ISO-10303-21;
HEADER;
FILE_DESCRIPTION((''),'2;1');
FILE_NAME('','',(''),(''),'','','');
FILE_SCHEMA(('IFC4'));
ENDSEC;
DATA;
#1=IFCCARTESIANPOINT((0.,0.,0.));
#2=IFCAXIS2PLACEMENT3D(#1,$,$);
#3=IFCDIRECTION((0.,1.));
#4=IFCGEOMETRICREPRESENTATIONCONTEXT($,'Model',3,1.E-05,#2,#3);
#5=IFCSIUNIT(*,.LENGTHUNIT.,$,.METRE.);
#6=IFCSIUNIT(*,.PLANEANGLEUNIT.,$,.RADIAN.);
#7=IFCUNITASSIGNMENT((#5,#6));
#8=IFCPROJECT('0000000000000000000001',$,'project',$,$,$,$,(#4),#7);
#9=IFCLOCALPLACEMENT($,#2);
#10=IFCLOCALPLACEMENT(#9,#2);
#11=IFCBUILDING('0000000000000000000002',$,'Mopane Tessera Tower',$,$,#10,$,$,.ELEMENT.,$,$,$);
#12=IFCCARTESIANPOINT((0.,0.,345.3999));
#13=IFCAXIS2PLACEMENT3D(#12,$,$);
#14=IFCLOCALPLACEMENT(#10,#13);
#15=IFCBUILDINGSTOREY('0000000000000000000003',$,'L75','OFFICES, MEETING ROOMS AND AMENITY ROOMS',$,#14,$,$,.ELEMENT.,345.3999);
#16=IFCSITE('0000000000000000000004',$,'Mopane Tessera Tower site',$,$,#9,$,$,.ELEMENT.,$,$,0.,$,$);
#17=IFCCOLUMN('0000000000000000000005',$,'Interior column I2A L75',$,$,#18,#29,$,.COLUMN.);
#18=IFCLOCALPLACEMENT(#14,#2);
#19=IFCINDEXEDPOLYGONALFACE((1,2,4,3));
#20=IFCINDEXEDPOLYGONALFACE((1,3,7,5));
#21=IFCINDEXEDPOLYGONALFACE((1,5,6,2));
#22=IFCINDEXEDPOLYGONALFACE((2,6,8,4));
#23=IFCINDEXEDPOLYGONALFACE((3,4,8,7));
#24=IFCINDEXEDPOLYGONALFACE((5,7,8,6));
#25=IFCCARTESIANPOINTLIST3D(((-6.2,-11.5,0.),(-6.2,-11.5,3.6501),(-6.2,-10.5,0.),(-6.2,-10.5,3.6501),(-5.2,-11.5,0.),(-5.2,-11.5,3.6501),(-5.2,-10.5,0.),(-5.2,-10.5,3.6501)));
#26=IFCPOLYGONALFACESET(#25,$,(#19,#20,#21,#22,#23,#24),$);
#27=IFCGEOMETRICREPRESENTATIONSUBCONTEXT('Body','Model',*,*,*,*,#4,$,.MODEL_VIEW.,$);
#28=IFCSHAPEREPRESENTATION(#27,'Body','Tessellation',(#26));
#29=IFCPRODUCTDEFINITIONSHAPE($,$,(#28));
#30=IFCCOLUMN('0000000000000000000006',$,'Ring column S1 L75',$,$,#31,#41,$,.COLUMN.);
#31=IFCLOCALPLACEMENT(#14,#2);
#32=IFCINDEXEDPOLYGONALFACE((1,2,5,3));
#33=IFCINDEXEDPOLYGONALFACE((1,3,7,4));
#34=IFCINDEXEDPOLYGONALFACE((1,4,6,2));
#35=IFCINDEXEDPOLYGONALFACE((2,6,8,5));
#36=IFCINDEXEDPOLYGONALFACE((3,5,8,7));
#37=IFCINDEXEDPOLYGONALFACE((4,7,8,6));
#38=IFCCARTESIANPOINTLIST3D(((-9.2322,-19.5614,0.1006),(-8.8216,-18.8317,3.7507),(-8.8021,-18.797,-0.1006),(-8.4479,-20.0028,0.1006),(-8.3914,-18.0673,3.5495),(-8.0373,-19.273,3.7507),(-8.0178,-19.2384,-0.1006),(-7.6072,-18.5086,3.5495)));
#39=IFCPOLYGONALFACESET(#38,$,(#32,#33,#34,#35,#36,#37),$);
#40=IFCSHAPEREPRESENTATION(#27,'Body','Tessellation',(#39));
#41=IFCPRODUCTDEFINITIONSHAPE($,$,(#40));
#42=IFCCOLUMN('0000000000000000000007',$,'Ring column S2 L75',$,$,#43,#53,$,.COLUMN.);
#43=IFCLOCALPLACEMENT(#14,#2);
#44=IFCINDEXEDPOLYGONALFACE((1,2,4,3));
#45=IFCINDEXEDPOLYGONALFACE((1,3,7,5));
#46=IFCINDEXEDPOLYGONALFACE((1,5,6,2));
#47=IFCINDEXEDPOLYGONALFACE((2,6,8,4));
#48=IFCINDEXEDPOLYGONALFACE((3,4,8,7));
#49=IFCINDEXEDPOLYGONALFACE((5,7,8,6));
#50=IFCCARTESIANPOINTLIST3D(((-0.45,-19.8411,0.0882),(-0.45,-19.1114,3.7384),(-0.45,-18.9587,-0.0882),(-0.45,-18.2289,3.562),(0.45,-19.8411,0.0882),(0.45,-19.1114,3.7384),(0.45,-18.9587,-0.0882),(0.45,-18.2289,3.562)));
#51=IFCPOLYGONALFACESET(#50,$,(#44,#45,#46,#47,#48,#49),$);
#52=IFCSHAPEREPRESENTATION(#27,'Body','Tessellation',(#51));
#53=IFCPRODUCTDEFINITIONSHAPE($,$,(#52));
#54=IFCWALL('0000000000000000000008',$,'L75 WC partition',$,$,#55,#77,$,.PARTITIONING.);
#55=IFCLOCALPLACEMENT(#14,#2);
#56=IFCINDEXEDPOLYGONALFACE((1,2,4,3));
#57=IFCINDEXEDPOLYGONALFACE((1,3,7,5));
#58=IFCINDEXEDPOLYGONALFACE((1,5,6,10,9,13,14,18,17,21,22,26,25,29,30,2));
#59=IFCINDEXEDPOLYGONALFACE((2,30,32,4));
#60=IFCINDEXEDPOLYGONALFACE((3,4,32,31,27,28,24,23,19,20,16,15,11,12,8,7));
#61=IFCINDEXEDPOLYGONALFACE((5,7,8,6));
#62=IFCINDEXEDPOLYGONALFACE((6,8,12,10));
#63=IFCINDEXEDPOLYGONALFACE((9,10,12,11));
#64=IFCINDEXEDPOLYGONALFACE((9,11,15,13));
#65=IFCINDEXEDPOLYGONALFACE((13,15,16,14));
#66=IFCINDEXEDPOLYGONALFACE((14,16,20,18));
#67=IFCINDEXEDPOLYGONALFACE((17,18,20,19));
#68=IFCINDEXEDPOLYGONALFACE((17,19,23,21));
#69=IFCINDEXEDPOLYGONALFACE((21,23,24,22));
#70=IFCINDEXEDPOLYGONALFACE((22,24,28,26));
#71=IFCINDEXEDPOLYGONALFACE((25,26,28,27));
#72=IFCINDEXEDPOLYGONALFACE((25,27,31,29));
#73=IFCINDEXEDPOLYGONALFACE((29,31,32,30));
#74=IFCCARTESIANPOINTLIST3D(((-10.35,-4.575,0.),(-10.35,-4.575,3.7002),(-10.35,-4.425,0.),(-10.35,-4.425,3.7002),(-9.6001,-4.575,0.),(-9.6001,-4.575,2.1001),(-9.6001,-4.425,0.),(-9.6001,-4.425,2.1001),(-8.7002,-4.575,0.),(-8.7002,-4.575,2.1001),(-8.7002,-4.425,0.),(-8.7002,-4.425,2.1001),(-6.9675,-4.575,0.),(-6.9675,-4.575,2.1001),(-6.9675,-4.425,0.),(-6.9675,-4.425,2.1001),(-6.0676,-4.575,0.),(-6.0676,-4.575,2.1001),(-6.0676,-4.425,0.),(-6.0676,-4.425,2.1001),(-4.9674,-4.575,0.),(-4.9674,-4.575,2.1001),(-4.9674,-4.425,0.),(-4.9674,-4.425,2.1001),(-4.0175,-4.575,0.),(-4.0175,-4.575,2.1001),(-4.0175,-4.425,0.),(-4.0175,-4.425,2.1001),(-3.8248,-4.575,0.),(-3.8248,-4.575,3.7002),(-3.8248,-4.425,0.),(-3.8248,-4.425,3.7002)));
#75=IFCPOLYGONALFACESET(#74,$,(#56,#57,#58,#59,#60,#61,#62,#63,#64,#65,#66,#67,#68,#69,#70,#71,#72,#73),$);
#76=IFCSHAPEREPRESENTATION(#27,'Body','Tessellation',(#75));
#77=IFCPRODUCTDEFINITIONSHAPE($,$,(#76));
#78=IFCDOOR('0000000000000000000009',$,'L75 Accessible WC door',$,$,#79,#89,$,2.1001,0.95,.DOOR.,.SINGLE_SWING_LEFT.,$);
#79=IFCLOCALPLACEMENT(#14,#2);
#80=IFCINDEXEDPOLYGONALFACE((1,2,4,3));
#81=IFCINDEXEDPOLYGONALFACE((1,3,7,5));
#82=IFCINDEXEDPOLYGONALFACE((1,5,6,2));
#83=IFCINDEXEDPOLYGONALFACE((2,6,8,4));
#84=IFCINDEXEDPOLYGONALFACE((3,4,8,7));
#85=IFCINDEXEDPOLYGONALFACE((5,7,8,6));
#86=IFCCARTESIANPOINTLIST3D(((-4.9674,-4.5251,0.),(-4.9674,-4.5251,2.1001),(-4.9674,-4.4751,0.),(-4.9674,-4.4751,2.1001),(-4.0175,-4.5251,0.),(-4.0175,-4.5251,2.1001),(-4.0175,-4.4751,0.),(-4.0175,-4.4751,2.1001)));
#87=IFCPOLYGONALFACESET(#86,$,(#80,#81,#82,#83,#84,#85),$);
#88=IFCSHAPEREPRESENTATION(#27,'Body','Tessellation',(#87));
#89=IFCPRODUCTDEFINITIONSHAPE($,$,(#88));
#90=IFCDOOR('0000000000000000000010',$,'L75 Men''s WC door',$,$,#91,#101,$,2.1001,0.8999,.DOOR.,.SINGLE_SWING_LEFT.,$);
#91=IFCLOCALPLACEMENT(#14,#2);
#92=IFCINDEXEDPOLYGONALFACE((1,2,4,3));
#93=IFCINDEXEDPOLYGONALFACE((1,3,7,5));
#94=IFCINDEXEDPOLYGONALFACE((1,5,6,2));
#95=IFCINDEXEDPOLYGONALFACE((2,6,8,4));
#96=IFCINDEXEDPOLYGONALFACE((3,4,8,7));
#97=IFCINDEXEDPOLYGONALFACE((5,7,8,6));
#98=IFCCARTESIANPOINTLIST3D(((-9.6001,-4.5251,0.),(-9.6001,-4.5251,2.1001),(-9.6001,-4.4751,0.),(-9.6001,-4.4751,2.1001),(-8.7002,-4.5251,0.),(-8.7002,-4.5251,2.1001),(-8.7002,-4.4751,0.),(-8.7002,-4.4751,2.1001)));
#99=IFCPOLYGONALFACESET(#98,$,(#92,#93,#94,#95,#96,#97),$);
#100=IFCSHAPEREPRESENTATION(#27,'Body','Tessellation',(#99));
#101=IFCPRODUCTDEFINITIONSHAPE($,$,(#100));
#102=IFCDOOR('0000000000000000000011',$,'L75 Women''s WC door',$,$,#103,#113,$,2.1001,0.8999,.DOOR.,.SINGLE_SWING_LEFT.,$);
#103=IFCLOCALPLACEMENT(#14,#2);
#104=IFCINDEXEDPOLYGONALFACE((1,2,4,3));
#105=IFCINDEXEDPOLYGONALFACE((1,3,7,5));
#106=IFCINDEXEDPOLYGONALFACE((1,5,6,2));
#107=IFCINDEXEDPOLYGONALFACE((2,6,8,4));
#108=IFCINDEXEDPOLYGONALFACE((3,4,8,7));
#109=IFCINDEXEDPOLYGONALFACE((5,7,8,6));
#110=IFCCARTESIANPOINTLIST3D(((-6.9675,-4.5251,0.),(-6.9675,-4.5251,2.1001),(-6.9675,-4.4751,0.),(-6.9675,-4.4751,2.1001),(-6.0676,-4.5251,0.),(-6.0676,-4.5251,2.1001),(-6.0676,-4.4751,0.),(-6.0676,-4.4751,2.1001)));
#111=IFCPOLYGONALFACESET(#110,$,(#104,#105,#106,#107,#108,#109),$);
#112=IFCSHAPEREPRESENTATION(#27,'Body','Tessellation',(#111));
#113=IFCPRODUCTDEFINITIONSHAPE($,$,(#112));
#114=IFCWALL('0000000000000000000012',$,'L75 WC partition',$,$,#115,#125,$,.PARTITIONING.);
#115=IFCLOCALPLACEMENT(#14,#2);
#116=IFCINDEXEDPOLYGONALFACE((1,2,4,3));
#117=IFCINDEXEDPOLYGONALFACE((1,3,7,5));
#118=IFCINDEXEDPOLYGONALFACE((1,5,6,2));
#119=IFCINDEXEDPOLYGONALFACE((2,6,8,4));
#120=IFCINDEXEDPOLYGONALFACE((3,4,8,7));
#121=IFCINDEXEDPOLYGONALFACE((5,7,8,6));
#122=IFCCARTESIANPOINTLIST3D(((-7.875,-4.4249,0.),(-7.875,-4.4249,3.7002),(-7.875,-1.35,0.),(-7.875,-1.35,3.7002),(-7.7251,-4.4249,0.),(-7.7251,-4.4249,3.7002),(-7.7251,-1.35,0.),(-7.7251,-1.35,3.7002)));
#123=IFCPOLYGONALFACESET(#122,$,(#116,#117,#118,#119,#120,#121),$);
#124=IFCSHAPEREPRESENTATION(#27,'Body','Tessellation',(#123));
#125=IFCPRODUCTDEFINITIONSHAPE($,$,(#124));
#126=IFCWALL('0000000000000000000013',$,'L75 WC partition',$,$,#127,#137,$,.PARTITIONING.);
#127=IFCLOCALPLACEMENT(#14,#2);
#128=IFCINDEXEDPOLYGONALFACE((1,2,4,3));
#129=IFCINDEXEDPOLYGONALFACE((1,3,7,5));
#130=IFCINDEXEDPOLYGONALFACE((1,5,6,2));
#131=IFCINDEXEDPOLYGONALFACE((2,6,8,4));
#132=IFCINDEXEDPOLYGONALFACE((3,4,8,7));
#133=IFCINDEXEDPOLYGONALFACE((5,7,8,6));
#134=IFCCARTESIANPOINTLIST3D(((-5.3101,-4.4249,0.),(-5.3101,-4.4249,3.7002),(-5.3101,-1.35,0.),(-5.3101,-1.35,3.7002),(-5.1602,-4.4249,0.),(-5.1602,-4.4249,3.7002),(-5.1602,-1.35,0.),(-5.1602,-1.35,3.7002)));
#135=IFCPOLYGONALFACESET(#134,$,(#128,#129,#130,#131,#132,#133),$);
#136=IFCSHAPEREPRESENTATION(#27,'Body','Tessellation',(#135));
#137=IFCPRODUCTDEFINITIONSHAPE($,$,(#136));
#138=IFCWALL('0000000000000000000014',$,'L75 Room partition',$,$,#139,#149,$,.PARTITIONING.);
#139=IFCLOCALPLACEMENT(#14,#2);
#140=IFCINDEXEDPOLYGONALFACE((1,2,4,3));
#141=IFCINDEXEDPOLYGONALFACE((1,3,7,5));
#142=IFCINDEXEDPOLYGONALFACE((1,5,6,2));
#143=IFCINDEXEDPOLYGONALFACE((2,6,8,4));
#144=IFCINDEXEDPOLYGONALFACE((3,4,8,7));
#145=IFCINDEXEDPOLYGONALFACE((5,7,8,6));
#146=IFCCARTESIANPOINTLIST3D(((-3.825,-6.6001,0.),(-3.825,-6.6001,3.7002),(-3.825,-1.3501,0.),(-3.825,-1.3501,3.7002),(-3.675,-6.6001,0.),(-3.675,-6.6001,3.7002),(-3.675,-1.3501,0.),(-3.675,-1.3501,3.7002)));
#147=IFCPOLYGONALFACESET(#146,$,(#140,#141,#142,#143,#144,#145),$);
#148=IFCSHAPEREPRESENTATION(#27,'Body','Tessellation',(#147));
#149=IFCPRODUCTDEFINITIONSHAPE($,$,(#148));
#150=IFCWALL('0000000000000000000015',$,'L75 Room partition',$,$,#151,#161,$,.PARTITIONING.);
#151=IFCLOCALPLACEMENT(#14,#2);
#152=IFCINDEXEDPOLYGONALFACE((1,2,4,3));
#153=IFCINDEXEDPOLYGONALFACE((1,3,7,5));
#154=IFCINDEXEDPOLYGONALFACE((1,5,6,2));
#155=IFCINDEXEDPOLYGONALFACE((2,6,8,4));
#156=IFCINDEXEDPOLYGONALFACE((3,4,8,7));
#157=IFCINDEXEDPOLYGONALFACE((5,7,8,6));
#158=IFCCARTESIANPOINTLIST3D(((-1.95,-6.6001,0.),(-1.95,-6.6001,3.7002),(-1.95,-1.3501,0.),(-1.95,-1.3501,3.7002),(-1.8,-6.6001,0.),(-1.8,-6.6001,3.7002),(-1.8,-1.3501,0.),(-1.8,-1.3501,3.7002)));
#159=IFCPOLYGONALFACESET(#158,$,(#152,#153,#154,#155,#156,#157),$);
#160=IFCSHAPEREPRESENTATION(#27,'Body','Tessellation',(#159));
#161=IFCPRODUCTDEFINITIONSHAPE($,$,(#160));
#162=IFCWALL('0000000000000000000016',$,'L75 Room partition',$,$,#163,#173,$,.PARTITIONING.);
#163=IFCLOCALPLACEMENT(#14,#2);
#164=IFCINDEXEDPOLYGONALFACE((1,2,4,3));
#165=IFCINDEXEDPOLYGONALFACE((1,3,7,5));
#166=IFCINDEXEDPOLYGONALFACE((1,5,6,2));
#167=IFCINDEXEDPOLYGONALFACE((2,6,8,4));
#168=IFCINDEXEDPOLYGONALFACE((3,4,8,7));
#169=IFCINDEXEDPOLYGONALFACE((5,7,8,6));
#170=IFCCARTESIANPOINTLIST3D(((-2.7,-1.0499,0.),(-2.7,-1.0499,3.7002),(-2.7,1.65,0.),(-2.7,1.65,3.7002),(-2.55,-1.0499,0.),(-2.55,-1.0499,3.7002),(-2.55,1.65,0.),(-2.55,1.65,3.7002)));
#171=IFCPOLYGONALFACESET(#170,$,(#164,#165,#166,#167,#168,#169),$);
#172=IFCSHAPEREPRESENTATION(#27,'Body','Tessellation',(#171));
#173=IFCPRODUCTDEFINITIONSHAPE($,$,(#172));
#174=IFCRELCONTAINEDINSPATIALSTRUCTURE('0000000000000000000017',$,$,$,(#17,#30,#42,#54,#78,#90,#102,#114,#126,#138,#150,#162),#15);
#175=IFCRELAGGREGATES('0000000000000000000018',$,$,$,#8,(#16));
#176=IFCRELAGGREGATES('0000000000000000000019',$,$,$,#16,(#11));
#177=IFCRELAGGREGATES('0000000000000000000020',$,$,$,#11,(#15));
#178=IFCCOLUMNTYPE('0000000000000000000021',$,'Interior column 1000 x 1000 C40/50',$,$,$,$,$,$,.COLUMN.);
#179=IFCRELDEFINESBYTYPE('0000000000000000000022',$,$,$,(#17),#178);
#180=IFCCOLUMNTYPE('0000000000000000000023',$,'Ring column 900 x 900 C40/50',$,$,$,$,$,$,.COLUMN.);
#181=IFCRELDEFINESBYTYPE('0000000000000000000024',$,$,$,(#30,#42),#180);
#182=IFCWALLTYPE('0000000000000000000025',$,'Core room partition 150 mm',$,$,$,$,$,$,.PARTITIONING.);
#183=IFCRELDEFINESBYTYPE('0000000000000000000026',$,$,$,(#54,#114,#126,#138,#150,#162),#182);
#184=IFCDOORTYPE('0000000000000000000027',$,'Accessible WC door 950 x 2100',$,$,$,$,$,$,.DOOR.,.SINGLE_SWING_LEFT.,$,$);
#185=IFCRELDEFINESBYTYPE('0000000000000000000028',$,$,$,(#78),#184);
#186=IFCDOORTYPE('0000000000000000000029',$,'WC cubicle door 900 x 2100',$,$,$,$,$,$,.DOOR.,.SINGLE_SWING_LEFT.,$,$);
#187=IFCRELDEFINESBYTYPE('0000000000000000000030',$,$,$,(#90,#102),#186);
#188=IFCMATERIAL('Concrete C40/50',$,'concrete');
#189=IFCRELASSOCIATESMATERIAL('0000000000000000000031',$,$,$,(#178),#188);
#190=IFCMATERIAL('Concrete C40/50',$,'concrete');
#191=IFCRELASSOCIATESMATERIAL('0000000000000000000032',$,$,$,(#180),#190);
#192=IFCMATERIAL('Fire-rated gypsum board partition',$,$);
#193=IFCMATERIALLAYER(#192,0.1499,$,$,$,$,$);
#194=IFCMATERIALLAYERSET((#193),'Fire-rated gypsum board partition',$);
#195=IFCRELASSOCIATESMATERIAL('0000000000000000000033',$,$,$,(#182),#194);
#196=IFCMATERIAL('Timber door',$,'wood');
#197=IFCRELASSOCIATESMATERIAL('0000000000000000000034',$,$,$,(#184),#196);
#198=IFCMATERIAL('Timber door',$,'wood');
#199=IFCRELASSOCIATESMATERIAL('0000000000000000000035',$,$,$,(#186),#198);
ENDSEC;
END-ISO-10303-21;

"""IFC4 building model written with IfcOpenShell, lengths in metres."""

from ifc_helpers import new_model, si_unit, direction, frame, frame_2d, origin, origin_2d, place, context, subcontext, project, spatial, rectangle, extrude, material, layer, layer_set, material_profile, profile_set, type_object, element, fill, save


model = new_model("IFC4")

# Units and contexts
model_context = context("Model", 3, precision=1e-05, world=origin(), true_north=direction((0.0, 1.0)))
body_context = subcontext(model_context, "Body", "Model", "MODEL_VIEW")
ifc_project = project(units=[si_unit("LENGTHUNIT", "METRE"), si_unit("PLANEANGLEUNIT", "RADIAN")], contexts=[model_context])

# Site, building, storey
site_placement = place(None, origin())
site = spatial("IfcSite", under=ifc_project, at=site_placement, Name="Mopane Tessera Tower site", CompositionType="ELEMENT", RefElevation=0.0)
building_placement = place(site_placement, origin())
building = spatial("IfcBuilding", under=site, at=building_placement, Name="Mopane Tessera Tower", CompositionType="ELEMENT")
storey_placement = place(building_placement, frame((0.0, 0.0, 345.3999)))
storey = spatial("IfcBuildingStorey", under=building, at=storey_placement, Name="L75", Description="OFFICES, MEETING ROOMS AND AMENITY ROOMS", CompositionType="ELEMENT", Elevation=345.3999)

# Columns
ifc_material_1 = material(Name="Concrete C40/50", Category="concrete")
ifc_material_profile_1 = material_profile(ifc_material_1, rectangle(XDim=1.0, YDim=1.0, at=origin_2d()))
ifc_profile_set_1 = profile_set([ifc_material_profile_1], Name="Concrete C40/50")
column_type_1 = type_object("IfcColumnType", Name="Interior column 1000 x 1000 C40/50", PredefinedType="COLUMN", material=ifc_profile_set_1)
column_1_placement = place(storey_placement, frame((-5.7, -11.0, 0.0), z_axis=(0.0, 0.0, 1.0), x_axis=(1.0, 0.0, 0.0)))
element("IfcColumn", 1, at=column_1_placement, inside=storey, type_object=column_type_1, Name="Interior column I2A L75", PredefinedType="COLUMN", context=body_context, shape_type="SweptSolid", body=[
    extrude(rectangle(XDim=1.0, YDim=1.0, at=origin_2d()), origin(), (0.0, 0.0, 1.0), 3.6501),
])
ifc_material_2 = material(Name="Concrete C40/50", Category="concrete")
ifc_material_profile_2 = material_profile(ifc_material_2, rectangle(XDim=0.8999, YDim=0.8999, at=origin_2d()))
ifc_profile_set_2 = profile_set([ifc_material_profile_2], Name="Concrete C40/50")
column_type_2 = type_object("IfcColumnType", Name="Ring column 900 x 900 C40/50", PredefinedType="COLUMN", material=ifc_profile_set_2)
column_2_placement = place(storey_placement, frame((-8.625, -19.3999, 0.0), z_axis=(0.109653, 0.194858, 0.974683), x_axis=(-0.87149, 0.490414, 0.0)))
element("IfcColumn", 2, at=column_2_placement, inside=storey, type_object=column_type_2, Name="Ring column S1 L75", PredefinedType="COLUMN", context=body_context, shape_type="SweptSolid", body=[
    extrude(rectangle(XDim=0.8999, YDim=0.8999, at=origin_2d()), origin(), (0.0, 0.0, 1.0), 3.7449),
])
column_3_placement = place(storey_placement, frame((0.0, -19.3999, 0.0), z_axis=(0.0, 0.19604, 0.980596), x_axis=(-1.0, 0.0, 0.0)))
element("IfcColumn", 3, at=column_3_placement, inside=storey, type_object=column_type_2, Name="Ring column S2 L75", PredefinedType="COLUMN", context=body_context, shape_type="SweptSolid", body=[
    extrude(rectangle(XDim=0.8999, YDim=0.8999, at=origin_2d()), origin(), (0.0, 0.0, 1.0), 3.7224),
])

# Wall, openings, doors
ifc_material_3 = material(Name="Fire-rated gypsum board partition")
ifc_layer_1 = layer(ifc_material_3, 0.1499)
ifc_layer_set_1 = layer_set([ifc_layer_1], Name="Fire-rated gypsum board partition")
wall_type_1 = type_object("IfcWallType", Name="Core room partition 150 mm", PredefinedType="PARTITIONING", material=ifc_layer_set_1)
wall_1_placement = place(storey_placement, frame((-10.3501, -4.5, 0.0), z_axis=(0.0, 0.0, 1.0), x_axis=(1.0, 0.0, 0.0)))
wall_1 = element("IfcWall", 4, at=wall_1_placement, inside=storey, type_object=wall_type_1, Name="L75 WC partition", PredefinedType="PARTITIONING", context=body_context, shape_type="SweptSolid", body=[
    extrude(rectangle(XDim=6.5251, YDim=0.1499, at=frame_2d((3.2627, 0.0))), origin(), (0.0, 0.0, 1.0), 3.7002),
])
opening_1_placement = place(wall_1_placement, frame((0.75, 0.0, 0.0)))
opening_1 = element("IfcOpeningElement", 5, at=opening_1_placement, cuts=wall_1, PredefinedType="OPENING", context=body_context, shape_type="SweptSolid", body=[
    extrude(rectangle(XDim=0.8999, YDim=2.1001, at=frame_2d((0.45, 1.05))), frame((0.0, 0.0869, 0.0), z_axis=(0.0, -1.0, 0.0), x_axis=(1.0, 0.0, 0.0)), (0.0, 0.0, 1.0), 0.1738),
])
opening_2_placement = place(wall_1_placement, frame((3.3826, 0.0, 0.0)))
opening_2 = element("IfcOpeningElement", 6, at=opening_2_placement, cuts=wall_1, PredefinedType="OPENING", context=body_context, shape_type="SweptSolid", body=[
    extrude(rectangle(XDim=0.8999, YDim=2.1001, at=frame_2d((0.45, 1.05))), frame((0.0, 0.0869, 0.0), z_axis=(0.0, -1.0, 0.0), x_axis=(1.0, 0.0, 0.0)), (0.0, 0.0, 1.0), 0.1738),
])
opening_3_placement = place(wall_1_placement, frame((5.3826, 0.0, 0.0)))
opening_3 = element("IfcOpeningElement", 7, at=opening_3_placement, cuts=wall_1, PredefinedType="OPENING", context=body_context, shape_type="SweptSolid", body=[
    extrude(rectangle(XDim=0.95, YDim=2.1001, at=frame_2d((0.4751, 1.05))), frame((0.0, 0.0869, 0.0), z_axis=(0.0, -1.0, 0.0), x_axis=(1.0, 0.0, 0.0)), (0.0, 0.0, 1.0), 0.1738),
])
ifc_material_4 = material(Name="Timber door", Category="wood")
door_type_1 = type_object("IfcDoorType", Name="Accessible WC door 950 x 2100", OperationType="SINGLE_SWING_LEFT", PredefinedType="DOOR", material=ifc_material_4)
door_1_placement = place(opening_3_placement, origin())
door_1 = element("IfcDoor", 8, at=door_1_placement, inside=storey, type_object=door_type_1, Name="L75 Accessible WC door", OperationType="SINGLE_SWING_LEFT", OverallHeight=2.1001, OverallWidth=0.95, PredefinedType="DOOR", context=body_context, shape_type="SweptSolid", body=[
    extrude(rectangle(XDim=0.95, YDim=2.1001, at=frame_2d((0.4751, 1.05))), frame((0.0, 0.0249, 0.0), z_axis=(0.0, -1.0, 0.0), x_axis=(1.0, 0.0, 0.0)), (0.0, 0.0, 1.0), 0.05),
])
fill(opening_3, door_1)
ifc_material_5 = material(Name="Timber door", Category="wood")
door_type_2 = type_object("IfcDoorType", Name="WC cubicle door 900 x 2100", OperationType="SINGLE_SWING_LEFT", PredefinedType="DOOR", material=ifc_material_5)
door_2_placement = place(opening_1_placement, origin())
door_2 = element("IfcDoor", 9, at=door_2_placement, inside=storey, type_object=door_type_2, Name="L75 Men's WC door", OperationType="SINGLE_SWING_LEFT", OverallHeight=2.1001, OverallWidth=0.8999, PredefinedType="DOOR", context=body_context, shape_type="SweptSolid", body=[
    extrude(rectangle(XDim=0.8999, YDim=2.1001, at=frame_2d((0.45, 1.05))), frame((0.0, 0.0249, 0.0), z_axis=(0.0, -1.0, 0.0), x_axis=(1.0, 0.0, 0.0)), (0.0, 0.0, 1.0), 0.05),
])
fill(opening_1, door_2)
door_3_placement = place(opening_2_placement, origin())
door_3 = element("IfcDoor", 10, at=door_3_placement, inside=storey, type_object=door_type_2, Name="L75 Women's WC door", OperationType="SINGLE_SWING_LEFT", OverallHeight=2.1001, OverallWidth=0.8999, PredefinedType="DOOR", context=body_context, shape_type="SweptSolid", body=[
    extrude(rectangle(XDim=0.8999, YDim=2.1001, at=frame_2d((0.45, 1.05))), frame((0.0, 0.0249, 0.0), z_axis=(0.0, -1.0, 0.0), x_axis=(1.0, 0.0, 0.0)), (0.0, 0.0, 1.0), 0.05),
])
fill(opening_2, door_3)

# Walls
for number, where, z_axis, x_axis, name in (
    (11, (-7.8, -4.425, 0.0), (0.0, 0.0, 1.0), (0.0, 1.0, 0.0), "L75 WC partition"),
    (12, (-5.2351, -4.425, 0.0), (0.0, 0.0, 1.0), (0.0, 1.0, 0.0), "L75 WC partition"),
):
    element("IfcWall", number, at=place(storey_placement, frame(where, z_axis=z_axis, x_axis=x_axis)), inside=storey, type_object=wall_type_1, Name=name, PredefinedType="PARTITIONING", context=body_context, shape_type="SweptSolid", body=[
        extrude(rectangle(XDim=3.075, YDim=0.1499, at=frame_2d((1.5376, 0.0))), origin(), (0.0, 0.0, 1.0), 3.7002),
    ])
for number, where, z_axis, x_axis, name in (
    (13, (-3.75, -6.6001, 0.0), (0.0, 0.0, 1.0), (0.0, 1.0, 0.0), "L75 Room partition"),
    (14, (-1.875, -6.6001, 0.0), (0.0, 0.0, 1.0), (0.0, 1.0, 0.0), "L75 Room partition"),
):
    element("IfcWall", number, at=place(storey_placement, frame(where, z_axis=z_axis, x_axis=x_axis)), inside=storey, type_object=wall_type_1, Name=name, PredefinedType="PARTITIONING", context=body_context, shape_type="SweptSolid", body=[
        extrude(rectangle(XDim=5.25, YDim=0.1499, at=frame_2d((2.625, 0.0))), origin(), (0.0, 0.0, 1.0), 3.7002),
    ])
wall_2_placement = place(storey_placement, frame((-2.625, -1.05, 0.0), z_axis=(0.0, 0.0, 1.0), x_axis=(0.0, 1.0, 0.0)))
element("IfcWall", 15, at=wall_2_placement, inside=storey, type_object=wall_type_1, Name="L75 Room partition", PredefinedType="PARTITIONING", context=body_context, shape_type="SweptSolid", body=[
    extrude(rectangle(XDim=2.7, YDim=0.1499, at=frame_2d((1.3501, 0.0))), origin(), (0.0, 0.0, 1.0), 3.7002),
])

save(model, "model.ifc")
